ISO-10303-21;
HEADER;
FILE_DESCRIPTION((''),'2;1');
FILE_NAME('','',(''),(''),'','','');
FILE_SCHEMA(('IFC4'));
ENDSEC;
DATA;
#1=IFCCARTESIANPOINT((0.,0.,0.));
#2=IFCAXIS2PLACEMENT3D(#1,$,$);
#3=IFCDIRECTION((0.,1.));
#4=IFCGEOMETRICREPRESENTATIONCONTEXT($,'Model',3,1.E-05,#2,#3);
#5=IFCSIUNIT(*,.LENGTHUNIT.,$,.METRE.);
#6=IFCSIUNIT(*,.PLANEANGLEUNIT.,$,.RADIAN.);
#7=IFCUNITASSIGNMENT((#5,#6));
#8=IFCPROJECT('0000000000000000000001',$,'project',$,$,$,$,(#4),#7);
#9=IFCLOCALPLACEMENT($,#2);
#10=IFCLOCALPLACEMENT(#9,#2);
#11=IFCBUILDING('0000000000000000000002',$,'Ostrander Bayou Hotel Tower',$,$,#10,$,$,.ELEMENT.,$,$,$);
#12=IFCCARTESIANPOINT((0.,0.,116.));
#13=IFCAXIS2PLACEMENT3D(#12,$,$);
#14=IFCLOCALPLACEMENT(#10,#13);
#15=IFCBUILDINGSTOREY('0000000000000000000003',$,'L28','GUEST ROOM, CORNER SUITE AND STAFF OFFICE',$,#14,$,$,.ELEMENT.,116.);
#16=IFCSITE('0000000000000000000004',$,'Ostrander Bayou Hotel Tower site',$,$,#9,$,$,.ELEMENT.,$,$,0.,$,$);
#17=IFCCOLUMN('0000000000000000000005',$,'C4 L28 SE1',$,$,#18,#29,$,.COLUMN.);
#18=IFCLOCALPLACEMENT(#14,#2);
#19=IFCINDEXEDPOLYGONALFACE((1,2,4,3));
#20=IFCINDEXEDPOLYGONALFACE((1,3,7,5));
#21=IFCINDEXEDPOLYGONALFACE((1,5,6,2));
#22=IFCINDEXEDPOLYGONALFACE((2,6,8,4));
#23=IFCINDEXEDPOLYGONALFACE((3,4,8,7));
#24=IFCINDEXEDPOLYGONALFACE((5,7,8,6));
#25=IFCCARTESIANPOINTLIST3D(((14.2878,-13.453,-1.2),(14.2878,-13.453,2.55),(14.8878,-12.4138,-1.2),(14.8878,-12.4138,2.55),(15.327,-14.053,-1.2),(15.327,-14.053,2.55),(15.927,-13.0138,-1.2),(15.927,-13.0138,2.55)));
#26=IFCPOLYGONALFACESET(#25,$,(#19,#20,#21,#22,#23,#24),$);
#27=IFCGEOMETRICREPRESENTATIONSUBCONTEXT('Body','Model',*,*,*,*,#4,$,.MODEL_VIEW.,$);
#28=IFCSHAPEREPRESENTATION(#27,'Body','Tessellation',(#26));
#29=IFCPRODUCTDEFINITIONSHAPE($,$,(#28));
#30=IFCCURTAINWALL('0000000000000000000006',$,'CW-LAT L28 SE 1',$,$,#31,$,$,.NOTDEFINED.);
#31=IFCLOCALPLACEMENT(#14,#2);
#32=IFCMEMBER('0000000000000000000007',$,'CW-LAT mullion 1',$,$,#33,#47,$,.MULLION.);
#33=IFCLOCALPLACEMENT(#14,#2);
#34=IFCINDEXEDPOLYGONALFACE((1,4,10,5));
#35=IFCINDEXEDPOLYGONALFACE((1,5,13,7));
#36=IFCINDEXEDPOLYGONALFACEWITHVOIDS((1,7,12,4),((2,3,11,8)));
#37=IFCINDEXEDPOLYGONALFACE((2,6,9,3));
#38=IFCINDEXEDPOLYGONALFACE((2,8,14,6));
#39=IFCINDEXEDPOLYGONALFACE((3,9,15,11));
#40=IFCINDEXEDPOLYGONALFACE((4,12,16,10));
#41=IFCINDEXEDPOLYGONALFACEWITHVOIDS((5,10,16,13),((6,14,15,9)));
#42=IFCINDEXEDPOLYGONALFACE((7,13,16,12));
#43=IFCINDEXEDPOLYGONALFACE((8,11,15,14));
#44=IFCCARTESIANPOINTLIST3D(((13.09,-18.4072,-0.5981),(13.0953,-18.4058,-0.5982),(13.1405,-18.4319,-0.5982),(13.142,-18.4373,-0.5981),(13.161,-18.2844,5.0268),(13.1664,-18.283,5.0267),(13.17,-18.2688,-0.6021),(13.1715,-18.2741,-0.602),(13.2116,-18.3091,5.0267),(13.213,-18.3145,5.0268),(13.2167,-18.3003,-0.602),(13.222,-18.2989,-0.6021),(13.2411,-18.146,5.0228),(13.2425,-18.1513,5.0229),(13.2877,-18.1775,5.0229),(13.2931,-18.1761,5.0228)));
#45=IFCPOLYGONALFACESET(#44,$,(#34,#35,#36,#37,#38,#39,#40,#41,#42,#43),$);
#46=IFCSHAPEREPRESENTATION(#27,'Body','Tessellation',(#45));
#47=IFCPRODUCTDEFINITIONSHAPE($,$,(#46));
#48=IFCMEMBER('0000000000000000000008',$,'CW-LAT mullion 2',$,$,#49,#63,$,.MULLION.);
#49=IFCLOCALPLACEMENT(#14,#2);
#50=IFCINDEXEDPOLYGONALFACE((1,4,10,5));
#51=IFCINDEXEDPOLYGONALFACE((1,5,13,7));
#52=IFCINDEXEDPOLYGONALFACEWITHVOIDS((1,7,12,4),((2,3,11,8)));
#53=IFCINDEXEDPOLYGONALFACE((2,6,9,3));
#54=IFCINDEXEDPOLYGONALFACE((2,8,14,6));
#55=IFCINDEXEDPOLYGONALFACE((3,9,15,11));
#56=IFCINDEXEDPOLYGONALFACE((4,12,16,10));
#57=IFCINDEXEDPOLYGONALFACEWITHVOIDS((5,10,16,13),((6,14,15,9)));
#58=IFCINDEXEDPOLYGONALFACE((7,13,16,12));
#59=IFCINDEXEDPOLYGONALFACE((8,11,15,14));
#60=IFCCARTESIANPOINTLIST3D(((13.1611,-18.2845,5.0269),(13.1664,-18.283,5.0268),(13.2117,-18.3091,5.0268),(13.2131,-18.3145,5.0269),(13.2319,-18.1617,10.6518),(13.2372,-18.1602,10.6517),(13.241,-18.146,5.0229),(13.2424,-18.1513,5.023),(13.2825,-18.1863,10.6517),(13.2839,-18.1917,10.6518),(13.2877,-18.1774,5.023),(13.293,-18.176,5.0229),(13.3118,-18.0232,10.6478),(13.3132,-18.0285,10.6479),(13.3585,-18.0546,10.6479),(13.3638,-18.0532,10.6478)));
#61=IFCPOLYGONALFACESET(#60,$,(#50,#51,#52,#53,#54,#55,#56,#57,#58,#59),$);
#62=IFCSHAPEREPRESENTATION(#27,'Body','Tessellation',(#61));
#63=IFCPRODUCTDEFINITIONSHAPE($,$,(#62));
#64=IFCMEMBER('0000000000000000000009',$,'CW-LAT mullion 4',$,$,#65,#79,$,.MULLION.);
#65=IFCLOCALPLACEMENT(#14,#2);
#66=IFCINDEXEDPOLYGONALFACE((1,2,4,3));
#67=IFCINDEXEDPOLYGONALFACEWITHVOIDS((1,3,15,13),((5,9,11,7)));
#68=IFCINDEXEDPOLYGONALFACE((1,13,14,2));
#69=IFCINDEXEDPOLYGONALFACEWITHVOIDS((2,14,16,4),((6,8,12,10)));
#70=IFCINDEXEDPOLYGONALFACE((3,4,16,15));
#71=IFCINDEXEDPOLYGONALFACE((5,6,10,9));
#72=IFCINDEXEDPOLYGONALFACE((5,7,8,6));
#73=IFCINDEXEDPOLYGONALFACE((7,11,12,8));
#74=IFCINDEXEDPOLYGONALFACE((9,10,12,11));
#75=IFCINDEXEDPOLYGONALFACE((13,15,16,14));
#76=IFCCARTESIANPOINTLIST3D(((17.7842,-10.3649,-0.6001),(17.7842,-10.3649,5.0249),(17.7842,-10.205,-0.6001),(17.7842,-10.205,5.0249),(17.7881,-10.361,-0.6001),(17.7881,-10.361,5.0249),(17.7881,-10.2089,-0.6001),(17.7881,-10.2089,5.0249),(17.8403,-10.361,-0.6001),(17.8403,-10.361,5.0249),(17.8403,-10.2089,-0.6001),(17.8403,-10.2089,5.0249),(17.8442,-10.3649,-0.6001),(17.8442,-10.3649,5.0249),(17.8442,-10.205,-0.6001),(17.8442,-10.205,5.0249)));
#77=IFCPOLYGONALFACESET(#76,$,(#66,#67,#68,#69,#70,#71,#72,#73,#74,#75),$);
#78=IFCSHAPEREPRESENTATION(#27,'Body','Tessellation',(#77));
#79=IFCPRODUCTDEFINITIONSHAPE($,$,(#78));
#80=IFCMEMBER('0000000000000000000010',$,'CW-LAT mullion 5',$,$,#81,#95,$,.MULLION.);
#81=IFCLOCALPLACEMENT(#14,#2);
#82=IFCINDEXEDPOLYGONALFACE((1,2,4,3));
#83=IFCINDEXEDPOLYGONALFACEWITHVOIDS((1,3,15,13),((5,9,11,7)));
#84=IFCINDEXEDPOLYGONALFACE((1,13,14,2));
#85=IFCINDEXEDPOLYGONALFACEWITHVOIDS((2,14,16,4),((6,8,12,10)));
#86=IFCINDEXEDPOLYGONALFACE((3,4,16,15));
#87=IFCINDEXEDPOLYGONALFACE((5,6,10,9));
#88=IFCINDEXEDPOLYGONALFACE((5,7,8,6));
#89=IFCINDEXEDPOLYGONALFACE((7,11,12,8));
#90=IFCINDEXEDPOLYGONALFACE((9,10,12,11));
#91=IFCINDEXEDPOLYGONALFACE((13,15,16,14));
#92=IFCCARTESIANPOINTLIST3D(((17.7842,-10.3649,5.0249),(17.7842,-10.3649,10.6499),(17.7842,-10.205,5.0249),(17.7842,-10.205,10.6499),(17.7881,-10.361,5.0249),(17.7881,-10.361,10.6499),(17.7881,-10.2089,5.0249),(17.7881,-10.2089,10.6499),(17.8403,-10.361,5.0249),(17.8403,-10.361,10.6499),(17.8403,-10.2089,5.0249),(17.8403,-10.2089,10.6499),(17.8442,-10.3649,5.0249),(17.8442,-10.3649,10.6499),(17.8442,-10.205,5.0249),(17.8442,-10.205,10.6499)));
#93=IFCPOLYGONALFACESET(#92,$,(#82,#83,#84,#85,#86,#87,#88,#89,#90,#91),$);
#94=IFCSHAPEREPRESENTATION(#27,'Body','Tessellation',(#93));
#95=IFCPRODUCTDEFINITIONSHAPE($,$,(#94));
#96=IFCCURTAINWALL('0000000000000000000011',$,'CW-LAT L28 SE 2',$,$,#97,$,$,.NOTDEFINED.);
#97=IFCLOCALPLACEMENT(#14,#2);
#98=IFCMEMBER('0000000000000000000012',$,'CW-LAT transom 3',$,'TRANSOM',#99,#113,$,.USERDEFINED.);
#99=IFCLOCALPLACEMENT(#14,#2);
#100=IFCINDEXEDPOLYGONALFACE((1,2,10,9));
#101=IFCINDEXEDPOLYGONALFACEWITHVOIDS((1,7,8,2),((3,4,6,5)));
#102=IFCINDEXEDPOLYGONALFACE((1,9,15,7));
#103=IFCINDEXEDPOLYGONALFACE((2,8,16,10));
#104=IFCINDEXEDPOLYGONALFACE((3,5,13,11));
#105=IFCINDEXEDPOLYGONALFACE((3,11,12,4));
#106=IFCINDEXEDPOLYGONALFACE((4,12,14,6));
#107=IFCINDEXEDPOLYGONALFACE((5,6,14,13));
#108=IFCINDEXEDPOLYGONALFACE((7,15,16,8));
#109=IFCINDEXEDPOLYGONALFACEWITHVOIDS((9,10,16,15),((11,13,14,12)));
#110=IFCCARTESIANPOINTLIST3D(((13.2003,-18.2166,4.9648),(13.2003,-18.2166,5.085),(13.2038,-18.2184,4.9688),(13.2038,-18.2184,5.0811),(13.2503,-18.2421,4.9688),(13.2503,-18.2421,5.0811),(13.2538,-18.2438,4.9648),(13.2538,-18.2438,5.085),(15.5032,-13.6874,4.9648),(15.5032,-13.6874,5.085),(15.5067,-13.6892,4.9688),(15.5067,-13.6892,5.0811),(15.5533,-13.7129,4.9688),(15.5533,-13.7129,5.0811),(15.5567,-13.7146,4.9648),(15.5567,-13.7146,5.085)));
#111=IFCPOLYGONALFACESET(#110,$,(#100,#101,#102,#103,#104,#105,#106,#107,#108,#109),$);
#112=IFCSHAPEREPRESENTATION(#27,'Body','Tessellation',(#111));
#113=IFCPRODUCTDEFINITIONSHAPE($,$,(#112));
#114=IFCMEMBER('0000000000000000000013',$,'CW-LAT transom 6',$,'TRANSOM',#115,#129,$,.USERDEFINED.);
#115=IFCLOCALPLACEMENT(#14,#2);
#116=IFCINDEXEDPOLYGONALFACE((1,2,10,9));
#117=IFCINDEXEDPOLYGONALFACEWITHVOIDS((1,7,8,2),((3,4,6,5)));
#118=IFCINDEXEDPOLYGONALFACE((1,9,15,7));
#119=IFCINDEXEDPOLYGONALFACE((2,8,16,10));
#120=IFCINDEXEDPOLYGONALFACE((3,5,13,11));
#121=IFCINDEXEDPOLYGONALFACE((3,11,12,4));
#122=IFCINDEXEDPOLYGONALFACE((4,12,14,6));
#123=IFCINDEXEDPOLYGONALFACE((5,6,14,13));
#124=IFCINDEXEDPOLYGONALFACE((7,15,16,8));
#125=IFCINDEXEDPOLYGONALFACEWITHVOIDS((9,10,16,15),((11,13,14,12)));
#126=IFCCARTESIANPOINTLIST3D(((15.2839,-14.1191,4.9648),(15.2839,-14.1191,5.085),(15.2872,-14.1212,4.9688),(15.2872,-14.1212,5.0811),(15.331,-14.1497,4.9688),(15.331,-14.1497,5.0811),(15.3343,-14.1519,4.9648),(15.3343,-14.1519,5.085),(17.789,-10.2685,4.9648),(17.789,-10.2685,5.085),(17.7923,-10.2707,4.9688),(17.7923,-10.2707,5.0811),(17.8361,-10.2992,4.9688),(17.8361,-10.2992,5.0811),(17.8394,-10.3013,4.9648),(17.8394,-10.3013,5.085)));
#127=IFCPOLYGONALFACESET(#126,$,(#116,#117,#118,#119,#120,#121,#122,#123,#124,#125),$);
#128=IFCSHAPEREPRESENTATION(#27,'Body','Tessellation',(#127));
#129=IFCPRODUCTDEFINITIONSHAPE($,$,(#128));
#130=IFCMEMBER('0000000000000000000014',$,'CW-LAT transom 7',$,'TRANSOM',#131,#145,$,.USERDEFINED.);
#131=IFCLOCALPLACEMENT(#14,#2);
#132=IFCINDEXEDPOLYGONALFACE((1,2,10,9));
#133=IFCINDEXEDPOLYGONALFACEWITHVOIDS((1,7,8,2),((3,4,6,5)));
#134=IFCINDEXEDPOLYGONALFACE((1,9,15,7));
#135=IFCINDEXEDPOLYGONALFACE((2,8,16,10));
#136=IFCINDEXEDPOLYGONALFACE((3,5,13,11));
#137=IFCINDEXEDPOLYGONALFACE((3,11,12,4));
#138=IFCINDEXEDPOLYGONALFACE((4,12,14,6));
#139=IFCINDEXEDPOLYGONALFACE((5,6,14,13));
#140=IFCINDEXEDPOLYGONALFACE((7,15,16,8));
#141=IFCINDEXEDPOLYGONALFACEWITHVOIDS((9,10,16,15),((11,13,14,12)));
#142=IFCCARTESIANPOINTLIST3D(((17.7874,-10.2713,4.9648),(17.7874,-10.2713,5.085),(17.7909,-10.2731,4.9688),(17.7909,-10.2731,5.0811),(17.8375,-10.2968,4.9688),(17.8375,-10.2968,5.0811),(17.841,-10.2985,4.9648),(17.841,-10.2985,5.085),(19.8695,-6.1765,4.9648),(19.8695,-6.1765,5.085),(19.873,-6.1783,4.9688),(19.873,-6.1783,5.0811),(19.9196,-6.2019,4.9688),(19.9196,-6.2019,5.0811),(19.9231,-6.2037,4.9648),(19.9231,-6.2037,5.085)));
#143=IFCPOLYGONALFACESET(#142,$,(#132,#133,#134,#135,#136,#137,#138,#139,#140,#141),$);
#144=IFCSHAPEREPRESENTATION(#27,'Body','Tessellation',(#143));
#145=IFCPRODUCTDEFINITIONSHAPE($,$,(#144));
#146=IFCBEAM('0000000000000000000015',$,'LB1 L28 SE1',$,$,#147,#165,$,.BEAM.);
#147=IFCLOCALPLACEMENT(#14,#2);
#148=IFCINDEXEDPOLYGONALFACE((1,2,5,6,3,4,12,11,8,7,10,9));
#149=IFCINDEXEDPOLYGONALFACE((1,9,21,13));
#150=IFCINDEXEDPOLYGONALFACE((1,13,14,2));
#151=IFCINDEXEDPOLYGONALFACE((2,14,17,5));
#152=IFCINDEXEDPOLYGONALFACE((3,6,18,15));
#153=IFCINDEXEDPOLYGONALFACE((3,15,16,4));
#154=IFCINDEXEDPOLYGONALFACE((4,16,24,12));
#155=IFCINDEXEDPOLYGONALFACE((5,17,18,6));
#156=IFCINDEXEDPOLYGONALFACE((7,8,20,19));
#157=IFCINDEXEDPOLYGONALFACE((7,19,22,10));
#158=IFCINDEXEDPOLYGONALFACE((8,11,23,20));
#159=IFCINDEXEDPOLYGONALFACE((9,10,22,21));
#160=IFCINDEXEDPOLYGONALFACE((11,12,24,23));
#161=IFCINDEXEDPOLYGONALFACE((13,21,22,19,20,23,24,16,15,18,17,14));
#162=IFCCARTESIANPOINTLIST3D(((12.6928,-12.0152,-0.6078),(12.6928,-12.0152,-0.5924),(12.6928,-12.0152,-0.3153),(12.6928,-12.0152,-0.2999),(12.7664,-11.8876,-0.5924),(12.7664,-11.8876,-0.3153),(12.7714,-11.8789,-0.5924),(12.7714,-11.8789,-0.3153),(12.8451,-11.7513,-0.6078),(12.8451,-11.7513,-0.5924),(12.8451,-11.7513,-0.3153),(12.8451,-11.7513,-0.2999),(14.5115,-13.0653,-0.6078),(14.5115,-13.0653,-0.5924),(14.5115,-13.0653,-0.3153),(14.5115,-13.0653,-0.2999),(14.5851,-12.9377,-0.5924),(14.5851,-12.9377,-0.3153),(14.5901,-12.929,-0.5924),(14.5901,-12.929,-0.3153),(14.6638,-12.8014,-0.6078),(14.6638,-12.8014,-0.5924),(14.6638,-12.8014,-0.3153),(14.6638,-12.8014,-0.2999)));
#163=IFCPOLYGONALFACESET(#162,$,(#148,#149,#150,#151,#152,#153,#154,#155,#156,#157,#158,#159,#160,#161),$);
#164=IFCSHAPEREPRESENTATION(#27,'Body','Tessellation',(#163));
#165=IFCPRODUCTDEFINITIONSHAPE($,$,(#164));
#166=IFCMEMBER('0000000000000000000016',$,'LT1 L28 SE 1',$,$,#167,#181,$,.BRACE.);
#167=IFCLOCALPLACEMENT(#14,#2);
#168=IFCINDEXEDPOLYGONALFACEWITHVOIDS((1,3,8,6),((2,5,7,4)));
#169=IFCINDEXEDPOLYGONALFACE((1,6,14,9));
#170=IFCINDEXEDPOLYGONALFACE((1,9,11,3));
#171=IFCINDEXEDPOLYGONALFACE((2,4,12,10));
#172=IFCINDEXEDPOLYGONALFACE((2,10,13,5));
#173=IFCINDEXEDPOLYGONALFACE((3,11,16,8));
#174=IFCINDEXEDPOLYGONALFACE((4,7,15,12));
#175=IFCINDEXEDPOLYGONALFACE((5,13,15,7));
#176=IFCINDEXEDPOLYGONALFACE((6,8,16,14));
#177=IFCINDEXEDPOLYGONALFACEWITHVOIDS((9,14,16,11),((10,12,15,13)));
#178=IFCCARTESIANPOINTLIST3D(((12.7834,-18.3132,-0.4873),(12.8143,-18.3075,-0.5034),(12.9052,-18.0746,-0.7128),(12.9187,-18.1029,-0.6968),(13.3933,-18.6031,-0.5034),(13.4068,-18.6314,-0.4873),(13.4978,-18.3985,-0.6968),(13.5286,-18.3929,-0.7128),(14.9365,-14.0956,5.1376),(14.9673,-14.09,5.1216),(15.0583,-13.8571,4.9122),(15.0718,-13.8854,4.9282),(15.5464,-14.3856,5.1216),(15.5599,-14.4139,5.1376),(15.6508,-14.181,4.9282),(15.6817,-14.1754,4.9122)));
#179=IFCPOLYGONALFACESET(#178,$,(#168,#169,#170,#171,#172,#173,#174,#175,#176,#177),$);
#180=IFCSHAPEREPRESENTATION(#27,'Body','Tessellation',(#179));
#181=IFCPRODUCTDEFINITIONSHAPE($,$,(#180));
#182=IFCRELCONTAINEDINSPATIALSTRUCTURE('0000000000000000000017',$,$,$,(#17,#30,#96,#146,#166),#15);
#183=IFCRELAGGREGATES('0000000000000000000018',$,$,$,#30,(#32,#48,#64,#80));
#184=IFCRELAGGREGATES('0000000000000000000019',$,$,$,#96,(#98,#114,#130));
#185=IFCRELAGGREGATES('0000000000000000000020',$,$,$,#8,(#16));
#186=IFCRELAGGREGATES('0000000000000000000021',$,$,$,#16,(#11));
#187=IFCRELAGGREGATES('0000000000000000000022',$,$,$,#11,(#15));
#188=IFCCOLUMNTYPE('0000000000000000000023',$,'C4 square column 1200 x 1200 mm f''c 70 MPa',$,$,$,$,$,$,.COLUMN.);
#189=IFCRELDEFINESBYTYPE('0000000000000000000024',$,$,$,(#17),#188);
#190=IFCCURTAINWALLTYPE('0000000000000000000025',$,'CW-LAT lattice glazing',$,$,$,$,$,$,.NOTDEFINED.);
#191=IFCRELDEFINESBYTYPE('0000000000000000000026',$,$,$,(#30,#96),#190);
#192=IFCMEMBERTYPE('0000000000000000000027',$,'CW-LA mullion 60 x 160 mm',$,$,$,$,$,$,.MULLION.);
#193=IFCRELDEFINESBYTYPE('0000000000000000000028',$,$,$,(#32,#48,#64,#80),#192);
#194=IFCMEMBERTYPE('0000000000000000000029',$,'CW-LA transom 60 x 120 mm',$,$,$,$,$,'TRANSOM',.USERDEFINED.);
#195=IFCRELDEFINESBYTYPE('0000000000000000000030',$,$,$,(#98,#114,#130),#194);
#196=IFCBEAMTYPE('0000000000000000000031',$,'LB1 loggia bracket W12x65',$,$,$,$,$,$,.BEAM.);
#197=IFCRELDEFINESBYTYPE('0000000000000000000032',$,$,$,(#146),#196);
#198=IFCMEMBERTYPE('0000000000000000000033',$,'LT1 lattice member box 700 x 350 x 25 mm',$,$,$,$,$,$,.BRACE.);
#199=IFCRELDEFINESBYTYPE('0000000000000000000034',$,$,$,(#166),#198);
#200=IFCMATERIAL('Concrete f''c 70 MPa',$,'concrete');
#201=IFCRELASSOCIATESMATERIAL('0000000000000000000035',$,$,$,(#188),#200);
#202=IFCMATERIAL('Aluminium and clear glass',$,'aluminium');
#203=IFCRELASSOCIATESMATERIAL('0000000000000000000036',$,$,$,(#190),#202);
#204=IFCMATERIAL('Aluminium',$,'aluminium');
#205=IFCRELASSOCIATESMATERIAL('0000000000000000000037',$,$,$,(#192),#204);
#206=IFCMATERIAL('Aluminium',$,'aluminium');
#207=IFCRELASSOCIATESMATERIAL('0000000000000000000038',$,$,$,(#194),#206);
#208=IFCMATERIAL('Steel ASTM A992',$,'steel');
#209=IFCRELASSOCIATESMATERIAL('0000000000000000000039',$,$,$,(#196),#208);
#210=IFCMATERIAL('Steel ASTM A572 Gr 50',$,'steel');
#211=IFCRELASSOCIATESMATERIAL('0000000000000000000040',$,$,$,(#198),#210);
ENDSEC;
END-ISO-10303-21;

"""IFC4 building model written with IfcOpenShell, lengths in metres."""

from ifc_helpers import new_model, si_unit, direction, frame, origin, origin_2d, place, context, subcontext, project, spatial, rectangle, hollow_rectangle, i_section, extrude, material, material_profile, profile_set, type_object, element, aggregate, save


model = new_model("IFC4")

# Units and contexts
model_context = context("Model", 3, precision=1e-05, world=origin(), true_north=direction((0.0, 1.0)))
body_context = subcontext(model_context, "Body", "Model", "MODEL_VIEW")
ifc_project = project(units=[si_unit("LENGTHUNIT", "METRE"), si_unit("PLANEANGLEUNIT", "RADIAN")], contexts=[model_context])

# Site, building, storey
site_placement = place(None, origin())
site = spatial("IfcSite", under=ifc_project, at=site_placement, Name="Ostrander Bayou Hotel Tower site", CompositionType="ELEMENT", RefElevation=0.0)
building_placement = place(site_placement, origin())
building = spatial("IfcBuilding", under=site, at=building_placement, Name="Ostrander Bayou Hotel Tower", CompositionType="ELEMENT")
storey_placement = place(building_placement, frame((0.0, 0.0, 116.0)))
storey = spatial("IfcBuildingStorey", under=building, at=storey_placement, Name="L28", Description="GUEST ROOM, CORNER SUITE AND STAFF OFFICE", CompositionType="ELEMENT", Elevation=116.0)

# Column
ifc_material_1 = material(Name="Concrete f'c 70 MPa", Category="concrete")
ifc_material_profile_1 = material_profile(ifc_material_1, rectangle(XDim=1.2, YDim=1.2, at=origin_2d()))
ifc_profile_set_1 = profile_set([ifc_material_profile_1], Name="Concrete f'c 70 MPa")
column_type = type_object("IfcColumnType", Name="C4 square column 1200 x 1200 mm f'c 70 MPa", PredefinedType="COLUMN", material=ifc_profile_set_1)
column_placement = place(storey_placement, frame((15.1074, -13.2334, -1.2), z_axis=(0.0, 0.0, 1.0), x_axis=(-0.5, -0.866025, 0.0)))
element("IfcColumn", 1, at=column_placement, inside=storey, type_object=column_type, Name="C4 L28 SE1", PredefinedType="COLUMN", context=body_context, shape_type="SweptSolid", body=[
    extrude(rectangle(XDim=1.2, YDim=1.2, at=origin_2d()), origin(), (0.0, 0.0, 1.0), 3.75),
])

# Curtain walls, members
ifc_material_2 = material(Name="Aluminium and clear glass", Category="aluminium")
curtain_wall_type = type_object("IfcCurtainWallType", Name="CW-LAT lattice glazing", PredefinedType="NOTDEFINED", material=ifc_material_2)
curtain_wall_1_placement = place(storey_placement, origin())
curtain_wall_1 = element("IfcCurtainWall", 2, at=curtain_wall_1_placement, inside=storey, type_object=curtain_wall_type, Name="CW-LAT L28 SE 1", PredefinedType="NOTDEFINED")
ifc_material_3 = material(Name="Aluminium", Category="aluminium")
ifc_material_profile_2 = material_profile(ifc_material_3, hollow_rectangle(XDim=0.0601, YDim=0.1599, WallThickness=0.0039, at=origin_2d()))
ifc_profile_set_2 = profile_set([ifc_material_profile_2], Name="Aluminium")
member_type_1 = type_object("IfcMemberType", Name="CW-LA mullion 60 x 160 mm", PredefinedType="MULLION", material=ifc_profile_set_2)
member_1_placement = place(storey_placement, frame((13.156, -18.353, -0.6001), z_axis=(0.012626, 0.021825, 0.999682), x_axis=(-0.865583, 0.500765, 0.0)))
member_1 = element("IfcMember", 3, at=member_1_placement, type_object=member_type_1, Name="CW-LAT mullion 1", PredefinedType="MULLION", context=body_context, shape_type="SweptSolid", body=[
    extrude(hollow_rectangle(XDim=0.0601, YDim=0.1599, WallThickness=0.0039, at=origin_2d()), origin(), (0.0, 0.0, 1.0), 5.6267),
])
member_2_placement = place(storey_placement, frame((13.2271, -18.2302, 5.0249), z_axis=(0.012583, 0.021825, 0.999683), x_axis=(-0.866329, 0.499474, 0.0)))
member_2 = element("IfcMember", 4, at=member_2_placement, type_object=member_type_1, Name="CW-LAT mullion 2", PredefinedType="MULLION", context=body_context, shape_type="SweptSolid", body=[
    extrude(hollow_rectangle(XDim=0.0601, YDim=0.1599, WallThickness=0.0039, at=origin_2d()), origin(), (0.0, 0.0, 1.0), 5.6267),
])
member_3_placement = place(storey_placement, frame((17.8142, -10.2849, -0.6001), z_axis=(0.0, 0.0, 1.0), x_axis=(1.0, 0.0, 0.0)))
member_3 = element("IfcMember", 5, at=member_3_placement, type_object=member_type_1, Name="CW-LAT mullion 4", PredefinedType="MULLION", context=body_context, shape_type="SweptSolid", body=[
    extrude(hollow_rectangle(XDim=0.0601, YDim=0.1599, WallThickness=0.0039, at=origin_2d()), origin(), (0.0, 0.0, 1.0), 5.625),
])
member_4_placement = place(storey_placement, frame((17.8142, -10.2849, 5.0249), z_axis=(0.0, 0.0, 1.0), x_axis=(1.0, 0.0, 0.0)))
member_4 = element("IfcMember", 6, at=member_4_placement, type_object=member_type_1, Name="CW-LAT mullion 5", PredefinedType="MULLION", context=body_context, shape_type="SweptSolid", body=[
    extrude(hollow_rectangle(XDim=0.0601, YDim=0.1599, WallThickness=0.0039, at=origin_2d()), origin(), (0.0, 0.0, 1.0), 5.625),
])
curtain_wall_2_placement = place(storey_placement, origin())
curtain_wall_2 = element("IfcCurtainWall", 7, at=curtain_wall_2_placement, inside=storey, type_object=curtain_wall_type, Name="CW-LAT L28 SE 2", PredefinedType="NOTDEFINED")
ifc_material_4 = material(Name="Aluminium", Category="aluminium")
ifc_material_profile_3 = material_profile(ifc_material_4, hollow_rectangle(XDim=0.0601, YDim=0.1201, WallThickness=0.0039, at=origin_2d()))
ifc_profile_set_3 = profile_set([ifc_material_profile_3], Name="Aluminium")
member_type_2 = type_object("IfcMemberType", Name="CW-LA transom 60 x 120 mm", ElementType="TRANSOM", PredefinedType="USERDEFINED", material=ifc_profile_set_3)
member_5_placement = place(storey_placement, frame((13.2271, -18.2302, 5.0249), z_axis=(0.453238, 0.891389, 0.0), x_axis=(-0.891389, 0.453238, 0.0)))
member_5 = element("IfcMember", 8, at=member_5_placement, type_object=member_type_2, Name="CW-LAT transom 3", ObjectType="TRANSOM", PredefinedType="USERDEFINED", context=body_context, shape_type="SweptSolid", body=[
    extrude(hollow_rectangle(XDim=0.0601, YDim=0.1201, WallThickness=0.0039, at=origin_2d()), origin(), (0.0, 0.0, 1.0), 5.0811),
])
member_6_placement = place(storey_placement, frame((17.8142, -10.2849, 5.0249), z_axis=(-0.545332, -0.83822, 0.0), x_axis=(0.83822, -0.545332, 0.0)))
member_6 = element("IfcMember", 9, at=member_6_placement, type_object=member_type_2, Name="CW-LAT transom 6", ObjectType="TRANSOM", PredefinedType="USERDEFINED", context=body_context, shape_type="SweptSolid", body=[
    extrude(hollow_rectangle(XDim=0.0601, YDim=0.1201, WallThickness=0.0039, at=origin_2d()), origin(), (0.0, 0.0, 1.0), 4.5938),
])
member_7_placement = place(storey_placement, frame((17.8142, -10.2849, 5.0249), z_axis=(0.453241, 0.891388, 0.0), x_axis=(-0.891388, 0.453241, 0.0)))
member_7 = element("IfcMember", 10, at=member_7_placement, type_object=member_type_2, Name="CW-LAT transom 7", ObjectType="TRANSOM", PredefinedType="USERDEFINED", context=body_context, shape_type="SweptSolid", body=[
    extrude(hollow_rectangle(XDim=0.0601, YDim=0.1201, WallThickness=0.0039, at=origin_2d()), origin(), (0.0, 0.0, 1.0), 4.5938),
])

# Beam
ifc_material_5 = material(Name="Steel ASTM A992", Category="steel")
ifc_material_profile_4 = material_profile(ifc_material_5, i_section(OverallWidth=0.3047, OverallDepth=0.3079, WebThickness=0.01, FlangeThickness=0.0154, at=origin_2d()))
ifc_profile_set_4 = profile_set([ifc_material_profile_4], Name="Steel ASTM A992")
beam_type_1 = type_object("IfcBeamType", Name="LB1 loggia bracket W12x65", PredefinedType="BEAM", material=ifc_profile_set_4)
beam_1_placement = place(storey_placement, frame((14.5876, -12.9333, -0.4539), z_axis=(-0.866009, 0.500028, 0.0), x_axis=(-0.500028, -0.866009, 0.0)))
element("IfcBeam", 11, at=beam_1_placement, inside=storey, type_object=beam_type_1, Name="LB1 L28 SE1", PredefinedType="BEAM", context=body_context, shape_type="SweptSolid", body=[
    extrude(i_section(OverallWidth=0.3047, OverallDepth=0.3079, WebThickness=0.01, FlangeThickness=0.0154, at=origin_2d()), origin(), (0.0, 0.0, 1.0), 2.1001),
])

# Member
ifc_material_6 = material(Name="Steel ASTM A572 Gr 50", Category="steel")
ifc_material_profile_5 = material_profile(ifc_material_6, hollow_rectangle(XDim=0.7, YDim=0.3501, WallThickness=0.0249, at=origin_2d()))
ifc_profile_set_5 = profile_set([ifc_material_profile_5], Name="Steel ASTM A572 Gr 50")
member_type_3 = type_object("IfcMemberType", Name="LT1 lattice member box 700 x 350 x 25 mm", PredefinedType="BRACE", material=ifc_profile_set_5)
member_8_placement = place(storey_placement, frame((15.3091, -14.1355, 5.0249), z_axis=(-0.292823, -0.573594, -0.765013), x_axis=(0.890653, -0.454684, 0.0)))
element("IfcMember", 12, at=member_8_placement, inside=storey, type_object=member_type_3, Name="LT1 L28 SE 1", PredefinedType="BRACE", context=body_context, shape_type="SweptSolid", body=[
    extrude(hollow_rectangle(XDim=0.7, YDim=0.3501, WallThickness=0.0249, at=origin_2d()), origin(), (0.0, 0.0, 1.0), 7.3528),
])

aggregate(curtain_wall_1, [member_1, member_2, member_3, member_4])
aggregate(curtain_wall_2, [member_5, member_6, member_7])

save(model, "model.ifc")
